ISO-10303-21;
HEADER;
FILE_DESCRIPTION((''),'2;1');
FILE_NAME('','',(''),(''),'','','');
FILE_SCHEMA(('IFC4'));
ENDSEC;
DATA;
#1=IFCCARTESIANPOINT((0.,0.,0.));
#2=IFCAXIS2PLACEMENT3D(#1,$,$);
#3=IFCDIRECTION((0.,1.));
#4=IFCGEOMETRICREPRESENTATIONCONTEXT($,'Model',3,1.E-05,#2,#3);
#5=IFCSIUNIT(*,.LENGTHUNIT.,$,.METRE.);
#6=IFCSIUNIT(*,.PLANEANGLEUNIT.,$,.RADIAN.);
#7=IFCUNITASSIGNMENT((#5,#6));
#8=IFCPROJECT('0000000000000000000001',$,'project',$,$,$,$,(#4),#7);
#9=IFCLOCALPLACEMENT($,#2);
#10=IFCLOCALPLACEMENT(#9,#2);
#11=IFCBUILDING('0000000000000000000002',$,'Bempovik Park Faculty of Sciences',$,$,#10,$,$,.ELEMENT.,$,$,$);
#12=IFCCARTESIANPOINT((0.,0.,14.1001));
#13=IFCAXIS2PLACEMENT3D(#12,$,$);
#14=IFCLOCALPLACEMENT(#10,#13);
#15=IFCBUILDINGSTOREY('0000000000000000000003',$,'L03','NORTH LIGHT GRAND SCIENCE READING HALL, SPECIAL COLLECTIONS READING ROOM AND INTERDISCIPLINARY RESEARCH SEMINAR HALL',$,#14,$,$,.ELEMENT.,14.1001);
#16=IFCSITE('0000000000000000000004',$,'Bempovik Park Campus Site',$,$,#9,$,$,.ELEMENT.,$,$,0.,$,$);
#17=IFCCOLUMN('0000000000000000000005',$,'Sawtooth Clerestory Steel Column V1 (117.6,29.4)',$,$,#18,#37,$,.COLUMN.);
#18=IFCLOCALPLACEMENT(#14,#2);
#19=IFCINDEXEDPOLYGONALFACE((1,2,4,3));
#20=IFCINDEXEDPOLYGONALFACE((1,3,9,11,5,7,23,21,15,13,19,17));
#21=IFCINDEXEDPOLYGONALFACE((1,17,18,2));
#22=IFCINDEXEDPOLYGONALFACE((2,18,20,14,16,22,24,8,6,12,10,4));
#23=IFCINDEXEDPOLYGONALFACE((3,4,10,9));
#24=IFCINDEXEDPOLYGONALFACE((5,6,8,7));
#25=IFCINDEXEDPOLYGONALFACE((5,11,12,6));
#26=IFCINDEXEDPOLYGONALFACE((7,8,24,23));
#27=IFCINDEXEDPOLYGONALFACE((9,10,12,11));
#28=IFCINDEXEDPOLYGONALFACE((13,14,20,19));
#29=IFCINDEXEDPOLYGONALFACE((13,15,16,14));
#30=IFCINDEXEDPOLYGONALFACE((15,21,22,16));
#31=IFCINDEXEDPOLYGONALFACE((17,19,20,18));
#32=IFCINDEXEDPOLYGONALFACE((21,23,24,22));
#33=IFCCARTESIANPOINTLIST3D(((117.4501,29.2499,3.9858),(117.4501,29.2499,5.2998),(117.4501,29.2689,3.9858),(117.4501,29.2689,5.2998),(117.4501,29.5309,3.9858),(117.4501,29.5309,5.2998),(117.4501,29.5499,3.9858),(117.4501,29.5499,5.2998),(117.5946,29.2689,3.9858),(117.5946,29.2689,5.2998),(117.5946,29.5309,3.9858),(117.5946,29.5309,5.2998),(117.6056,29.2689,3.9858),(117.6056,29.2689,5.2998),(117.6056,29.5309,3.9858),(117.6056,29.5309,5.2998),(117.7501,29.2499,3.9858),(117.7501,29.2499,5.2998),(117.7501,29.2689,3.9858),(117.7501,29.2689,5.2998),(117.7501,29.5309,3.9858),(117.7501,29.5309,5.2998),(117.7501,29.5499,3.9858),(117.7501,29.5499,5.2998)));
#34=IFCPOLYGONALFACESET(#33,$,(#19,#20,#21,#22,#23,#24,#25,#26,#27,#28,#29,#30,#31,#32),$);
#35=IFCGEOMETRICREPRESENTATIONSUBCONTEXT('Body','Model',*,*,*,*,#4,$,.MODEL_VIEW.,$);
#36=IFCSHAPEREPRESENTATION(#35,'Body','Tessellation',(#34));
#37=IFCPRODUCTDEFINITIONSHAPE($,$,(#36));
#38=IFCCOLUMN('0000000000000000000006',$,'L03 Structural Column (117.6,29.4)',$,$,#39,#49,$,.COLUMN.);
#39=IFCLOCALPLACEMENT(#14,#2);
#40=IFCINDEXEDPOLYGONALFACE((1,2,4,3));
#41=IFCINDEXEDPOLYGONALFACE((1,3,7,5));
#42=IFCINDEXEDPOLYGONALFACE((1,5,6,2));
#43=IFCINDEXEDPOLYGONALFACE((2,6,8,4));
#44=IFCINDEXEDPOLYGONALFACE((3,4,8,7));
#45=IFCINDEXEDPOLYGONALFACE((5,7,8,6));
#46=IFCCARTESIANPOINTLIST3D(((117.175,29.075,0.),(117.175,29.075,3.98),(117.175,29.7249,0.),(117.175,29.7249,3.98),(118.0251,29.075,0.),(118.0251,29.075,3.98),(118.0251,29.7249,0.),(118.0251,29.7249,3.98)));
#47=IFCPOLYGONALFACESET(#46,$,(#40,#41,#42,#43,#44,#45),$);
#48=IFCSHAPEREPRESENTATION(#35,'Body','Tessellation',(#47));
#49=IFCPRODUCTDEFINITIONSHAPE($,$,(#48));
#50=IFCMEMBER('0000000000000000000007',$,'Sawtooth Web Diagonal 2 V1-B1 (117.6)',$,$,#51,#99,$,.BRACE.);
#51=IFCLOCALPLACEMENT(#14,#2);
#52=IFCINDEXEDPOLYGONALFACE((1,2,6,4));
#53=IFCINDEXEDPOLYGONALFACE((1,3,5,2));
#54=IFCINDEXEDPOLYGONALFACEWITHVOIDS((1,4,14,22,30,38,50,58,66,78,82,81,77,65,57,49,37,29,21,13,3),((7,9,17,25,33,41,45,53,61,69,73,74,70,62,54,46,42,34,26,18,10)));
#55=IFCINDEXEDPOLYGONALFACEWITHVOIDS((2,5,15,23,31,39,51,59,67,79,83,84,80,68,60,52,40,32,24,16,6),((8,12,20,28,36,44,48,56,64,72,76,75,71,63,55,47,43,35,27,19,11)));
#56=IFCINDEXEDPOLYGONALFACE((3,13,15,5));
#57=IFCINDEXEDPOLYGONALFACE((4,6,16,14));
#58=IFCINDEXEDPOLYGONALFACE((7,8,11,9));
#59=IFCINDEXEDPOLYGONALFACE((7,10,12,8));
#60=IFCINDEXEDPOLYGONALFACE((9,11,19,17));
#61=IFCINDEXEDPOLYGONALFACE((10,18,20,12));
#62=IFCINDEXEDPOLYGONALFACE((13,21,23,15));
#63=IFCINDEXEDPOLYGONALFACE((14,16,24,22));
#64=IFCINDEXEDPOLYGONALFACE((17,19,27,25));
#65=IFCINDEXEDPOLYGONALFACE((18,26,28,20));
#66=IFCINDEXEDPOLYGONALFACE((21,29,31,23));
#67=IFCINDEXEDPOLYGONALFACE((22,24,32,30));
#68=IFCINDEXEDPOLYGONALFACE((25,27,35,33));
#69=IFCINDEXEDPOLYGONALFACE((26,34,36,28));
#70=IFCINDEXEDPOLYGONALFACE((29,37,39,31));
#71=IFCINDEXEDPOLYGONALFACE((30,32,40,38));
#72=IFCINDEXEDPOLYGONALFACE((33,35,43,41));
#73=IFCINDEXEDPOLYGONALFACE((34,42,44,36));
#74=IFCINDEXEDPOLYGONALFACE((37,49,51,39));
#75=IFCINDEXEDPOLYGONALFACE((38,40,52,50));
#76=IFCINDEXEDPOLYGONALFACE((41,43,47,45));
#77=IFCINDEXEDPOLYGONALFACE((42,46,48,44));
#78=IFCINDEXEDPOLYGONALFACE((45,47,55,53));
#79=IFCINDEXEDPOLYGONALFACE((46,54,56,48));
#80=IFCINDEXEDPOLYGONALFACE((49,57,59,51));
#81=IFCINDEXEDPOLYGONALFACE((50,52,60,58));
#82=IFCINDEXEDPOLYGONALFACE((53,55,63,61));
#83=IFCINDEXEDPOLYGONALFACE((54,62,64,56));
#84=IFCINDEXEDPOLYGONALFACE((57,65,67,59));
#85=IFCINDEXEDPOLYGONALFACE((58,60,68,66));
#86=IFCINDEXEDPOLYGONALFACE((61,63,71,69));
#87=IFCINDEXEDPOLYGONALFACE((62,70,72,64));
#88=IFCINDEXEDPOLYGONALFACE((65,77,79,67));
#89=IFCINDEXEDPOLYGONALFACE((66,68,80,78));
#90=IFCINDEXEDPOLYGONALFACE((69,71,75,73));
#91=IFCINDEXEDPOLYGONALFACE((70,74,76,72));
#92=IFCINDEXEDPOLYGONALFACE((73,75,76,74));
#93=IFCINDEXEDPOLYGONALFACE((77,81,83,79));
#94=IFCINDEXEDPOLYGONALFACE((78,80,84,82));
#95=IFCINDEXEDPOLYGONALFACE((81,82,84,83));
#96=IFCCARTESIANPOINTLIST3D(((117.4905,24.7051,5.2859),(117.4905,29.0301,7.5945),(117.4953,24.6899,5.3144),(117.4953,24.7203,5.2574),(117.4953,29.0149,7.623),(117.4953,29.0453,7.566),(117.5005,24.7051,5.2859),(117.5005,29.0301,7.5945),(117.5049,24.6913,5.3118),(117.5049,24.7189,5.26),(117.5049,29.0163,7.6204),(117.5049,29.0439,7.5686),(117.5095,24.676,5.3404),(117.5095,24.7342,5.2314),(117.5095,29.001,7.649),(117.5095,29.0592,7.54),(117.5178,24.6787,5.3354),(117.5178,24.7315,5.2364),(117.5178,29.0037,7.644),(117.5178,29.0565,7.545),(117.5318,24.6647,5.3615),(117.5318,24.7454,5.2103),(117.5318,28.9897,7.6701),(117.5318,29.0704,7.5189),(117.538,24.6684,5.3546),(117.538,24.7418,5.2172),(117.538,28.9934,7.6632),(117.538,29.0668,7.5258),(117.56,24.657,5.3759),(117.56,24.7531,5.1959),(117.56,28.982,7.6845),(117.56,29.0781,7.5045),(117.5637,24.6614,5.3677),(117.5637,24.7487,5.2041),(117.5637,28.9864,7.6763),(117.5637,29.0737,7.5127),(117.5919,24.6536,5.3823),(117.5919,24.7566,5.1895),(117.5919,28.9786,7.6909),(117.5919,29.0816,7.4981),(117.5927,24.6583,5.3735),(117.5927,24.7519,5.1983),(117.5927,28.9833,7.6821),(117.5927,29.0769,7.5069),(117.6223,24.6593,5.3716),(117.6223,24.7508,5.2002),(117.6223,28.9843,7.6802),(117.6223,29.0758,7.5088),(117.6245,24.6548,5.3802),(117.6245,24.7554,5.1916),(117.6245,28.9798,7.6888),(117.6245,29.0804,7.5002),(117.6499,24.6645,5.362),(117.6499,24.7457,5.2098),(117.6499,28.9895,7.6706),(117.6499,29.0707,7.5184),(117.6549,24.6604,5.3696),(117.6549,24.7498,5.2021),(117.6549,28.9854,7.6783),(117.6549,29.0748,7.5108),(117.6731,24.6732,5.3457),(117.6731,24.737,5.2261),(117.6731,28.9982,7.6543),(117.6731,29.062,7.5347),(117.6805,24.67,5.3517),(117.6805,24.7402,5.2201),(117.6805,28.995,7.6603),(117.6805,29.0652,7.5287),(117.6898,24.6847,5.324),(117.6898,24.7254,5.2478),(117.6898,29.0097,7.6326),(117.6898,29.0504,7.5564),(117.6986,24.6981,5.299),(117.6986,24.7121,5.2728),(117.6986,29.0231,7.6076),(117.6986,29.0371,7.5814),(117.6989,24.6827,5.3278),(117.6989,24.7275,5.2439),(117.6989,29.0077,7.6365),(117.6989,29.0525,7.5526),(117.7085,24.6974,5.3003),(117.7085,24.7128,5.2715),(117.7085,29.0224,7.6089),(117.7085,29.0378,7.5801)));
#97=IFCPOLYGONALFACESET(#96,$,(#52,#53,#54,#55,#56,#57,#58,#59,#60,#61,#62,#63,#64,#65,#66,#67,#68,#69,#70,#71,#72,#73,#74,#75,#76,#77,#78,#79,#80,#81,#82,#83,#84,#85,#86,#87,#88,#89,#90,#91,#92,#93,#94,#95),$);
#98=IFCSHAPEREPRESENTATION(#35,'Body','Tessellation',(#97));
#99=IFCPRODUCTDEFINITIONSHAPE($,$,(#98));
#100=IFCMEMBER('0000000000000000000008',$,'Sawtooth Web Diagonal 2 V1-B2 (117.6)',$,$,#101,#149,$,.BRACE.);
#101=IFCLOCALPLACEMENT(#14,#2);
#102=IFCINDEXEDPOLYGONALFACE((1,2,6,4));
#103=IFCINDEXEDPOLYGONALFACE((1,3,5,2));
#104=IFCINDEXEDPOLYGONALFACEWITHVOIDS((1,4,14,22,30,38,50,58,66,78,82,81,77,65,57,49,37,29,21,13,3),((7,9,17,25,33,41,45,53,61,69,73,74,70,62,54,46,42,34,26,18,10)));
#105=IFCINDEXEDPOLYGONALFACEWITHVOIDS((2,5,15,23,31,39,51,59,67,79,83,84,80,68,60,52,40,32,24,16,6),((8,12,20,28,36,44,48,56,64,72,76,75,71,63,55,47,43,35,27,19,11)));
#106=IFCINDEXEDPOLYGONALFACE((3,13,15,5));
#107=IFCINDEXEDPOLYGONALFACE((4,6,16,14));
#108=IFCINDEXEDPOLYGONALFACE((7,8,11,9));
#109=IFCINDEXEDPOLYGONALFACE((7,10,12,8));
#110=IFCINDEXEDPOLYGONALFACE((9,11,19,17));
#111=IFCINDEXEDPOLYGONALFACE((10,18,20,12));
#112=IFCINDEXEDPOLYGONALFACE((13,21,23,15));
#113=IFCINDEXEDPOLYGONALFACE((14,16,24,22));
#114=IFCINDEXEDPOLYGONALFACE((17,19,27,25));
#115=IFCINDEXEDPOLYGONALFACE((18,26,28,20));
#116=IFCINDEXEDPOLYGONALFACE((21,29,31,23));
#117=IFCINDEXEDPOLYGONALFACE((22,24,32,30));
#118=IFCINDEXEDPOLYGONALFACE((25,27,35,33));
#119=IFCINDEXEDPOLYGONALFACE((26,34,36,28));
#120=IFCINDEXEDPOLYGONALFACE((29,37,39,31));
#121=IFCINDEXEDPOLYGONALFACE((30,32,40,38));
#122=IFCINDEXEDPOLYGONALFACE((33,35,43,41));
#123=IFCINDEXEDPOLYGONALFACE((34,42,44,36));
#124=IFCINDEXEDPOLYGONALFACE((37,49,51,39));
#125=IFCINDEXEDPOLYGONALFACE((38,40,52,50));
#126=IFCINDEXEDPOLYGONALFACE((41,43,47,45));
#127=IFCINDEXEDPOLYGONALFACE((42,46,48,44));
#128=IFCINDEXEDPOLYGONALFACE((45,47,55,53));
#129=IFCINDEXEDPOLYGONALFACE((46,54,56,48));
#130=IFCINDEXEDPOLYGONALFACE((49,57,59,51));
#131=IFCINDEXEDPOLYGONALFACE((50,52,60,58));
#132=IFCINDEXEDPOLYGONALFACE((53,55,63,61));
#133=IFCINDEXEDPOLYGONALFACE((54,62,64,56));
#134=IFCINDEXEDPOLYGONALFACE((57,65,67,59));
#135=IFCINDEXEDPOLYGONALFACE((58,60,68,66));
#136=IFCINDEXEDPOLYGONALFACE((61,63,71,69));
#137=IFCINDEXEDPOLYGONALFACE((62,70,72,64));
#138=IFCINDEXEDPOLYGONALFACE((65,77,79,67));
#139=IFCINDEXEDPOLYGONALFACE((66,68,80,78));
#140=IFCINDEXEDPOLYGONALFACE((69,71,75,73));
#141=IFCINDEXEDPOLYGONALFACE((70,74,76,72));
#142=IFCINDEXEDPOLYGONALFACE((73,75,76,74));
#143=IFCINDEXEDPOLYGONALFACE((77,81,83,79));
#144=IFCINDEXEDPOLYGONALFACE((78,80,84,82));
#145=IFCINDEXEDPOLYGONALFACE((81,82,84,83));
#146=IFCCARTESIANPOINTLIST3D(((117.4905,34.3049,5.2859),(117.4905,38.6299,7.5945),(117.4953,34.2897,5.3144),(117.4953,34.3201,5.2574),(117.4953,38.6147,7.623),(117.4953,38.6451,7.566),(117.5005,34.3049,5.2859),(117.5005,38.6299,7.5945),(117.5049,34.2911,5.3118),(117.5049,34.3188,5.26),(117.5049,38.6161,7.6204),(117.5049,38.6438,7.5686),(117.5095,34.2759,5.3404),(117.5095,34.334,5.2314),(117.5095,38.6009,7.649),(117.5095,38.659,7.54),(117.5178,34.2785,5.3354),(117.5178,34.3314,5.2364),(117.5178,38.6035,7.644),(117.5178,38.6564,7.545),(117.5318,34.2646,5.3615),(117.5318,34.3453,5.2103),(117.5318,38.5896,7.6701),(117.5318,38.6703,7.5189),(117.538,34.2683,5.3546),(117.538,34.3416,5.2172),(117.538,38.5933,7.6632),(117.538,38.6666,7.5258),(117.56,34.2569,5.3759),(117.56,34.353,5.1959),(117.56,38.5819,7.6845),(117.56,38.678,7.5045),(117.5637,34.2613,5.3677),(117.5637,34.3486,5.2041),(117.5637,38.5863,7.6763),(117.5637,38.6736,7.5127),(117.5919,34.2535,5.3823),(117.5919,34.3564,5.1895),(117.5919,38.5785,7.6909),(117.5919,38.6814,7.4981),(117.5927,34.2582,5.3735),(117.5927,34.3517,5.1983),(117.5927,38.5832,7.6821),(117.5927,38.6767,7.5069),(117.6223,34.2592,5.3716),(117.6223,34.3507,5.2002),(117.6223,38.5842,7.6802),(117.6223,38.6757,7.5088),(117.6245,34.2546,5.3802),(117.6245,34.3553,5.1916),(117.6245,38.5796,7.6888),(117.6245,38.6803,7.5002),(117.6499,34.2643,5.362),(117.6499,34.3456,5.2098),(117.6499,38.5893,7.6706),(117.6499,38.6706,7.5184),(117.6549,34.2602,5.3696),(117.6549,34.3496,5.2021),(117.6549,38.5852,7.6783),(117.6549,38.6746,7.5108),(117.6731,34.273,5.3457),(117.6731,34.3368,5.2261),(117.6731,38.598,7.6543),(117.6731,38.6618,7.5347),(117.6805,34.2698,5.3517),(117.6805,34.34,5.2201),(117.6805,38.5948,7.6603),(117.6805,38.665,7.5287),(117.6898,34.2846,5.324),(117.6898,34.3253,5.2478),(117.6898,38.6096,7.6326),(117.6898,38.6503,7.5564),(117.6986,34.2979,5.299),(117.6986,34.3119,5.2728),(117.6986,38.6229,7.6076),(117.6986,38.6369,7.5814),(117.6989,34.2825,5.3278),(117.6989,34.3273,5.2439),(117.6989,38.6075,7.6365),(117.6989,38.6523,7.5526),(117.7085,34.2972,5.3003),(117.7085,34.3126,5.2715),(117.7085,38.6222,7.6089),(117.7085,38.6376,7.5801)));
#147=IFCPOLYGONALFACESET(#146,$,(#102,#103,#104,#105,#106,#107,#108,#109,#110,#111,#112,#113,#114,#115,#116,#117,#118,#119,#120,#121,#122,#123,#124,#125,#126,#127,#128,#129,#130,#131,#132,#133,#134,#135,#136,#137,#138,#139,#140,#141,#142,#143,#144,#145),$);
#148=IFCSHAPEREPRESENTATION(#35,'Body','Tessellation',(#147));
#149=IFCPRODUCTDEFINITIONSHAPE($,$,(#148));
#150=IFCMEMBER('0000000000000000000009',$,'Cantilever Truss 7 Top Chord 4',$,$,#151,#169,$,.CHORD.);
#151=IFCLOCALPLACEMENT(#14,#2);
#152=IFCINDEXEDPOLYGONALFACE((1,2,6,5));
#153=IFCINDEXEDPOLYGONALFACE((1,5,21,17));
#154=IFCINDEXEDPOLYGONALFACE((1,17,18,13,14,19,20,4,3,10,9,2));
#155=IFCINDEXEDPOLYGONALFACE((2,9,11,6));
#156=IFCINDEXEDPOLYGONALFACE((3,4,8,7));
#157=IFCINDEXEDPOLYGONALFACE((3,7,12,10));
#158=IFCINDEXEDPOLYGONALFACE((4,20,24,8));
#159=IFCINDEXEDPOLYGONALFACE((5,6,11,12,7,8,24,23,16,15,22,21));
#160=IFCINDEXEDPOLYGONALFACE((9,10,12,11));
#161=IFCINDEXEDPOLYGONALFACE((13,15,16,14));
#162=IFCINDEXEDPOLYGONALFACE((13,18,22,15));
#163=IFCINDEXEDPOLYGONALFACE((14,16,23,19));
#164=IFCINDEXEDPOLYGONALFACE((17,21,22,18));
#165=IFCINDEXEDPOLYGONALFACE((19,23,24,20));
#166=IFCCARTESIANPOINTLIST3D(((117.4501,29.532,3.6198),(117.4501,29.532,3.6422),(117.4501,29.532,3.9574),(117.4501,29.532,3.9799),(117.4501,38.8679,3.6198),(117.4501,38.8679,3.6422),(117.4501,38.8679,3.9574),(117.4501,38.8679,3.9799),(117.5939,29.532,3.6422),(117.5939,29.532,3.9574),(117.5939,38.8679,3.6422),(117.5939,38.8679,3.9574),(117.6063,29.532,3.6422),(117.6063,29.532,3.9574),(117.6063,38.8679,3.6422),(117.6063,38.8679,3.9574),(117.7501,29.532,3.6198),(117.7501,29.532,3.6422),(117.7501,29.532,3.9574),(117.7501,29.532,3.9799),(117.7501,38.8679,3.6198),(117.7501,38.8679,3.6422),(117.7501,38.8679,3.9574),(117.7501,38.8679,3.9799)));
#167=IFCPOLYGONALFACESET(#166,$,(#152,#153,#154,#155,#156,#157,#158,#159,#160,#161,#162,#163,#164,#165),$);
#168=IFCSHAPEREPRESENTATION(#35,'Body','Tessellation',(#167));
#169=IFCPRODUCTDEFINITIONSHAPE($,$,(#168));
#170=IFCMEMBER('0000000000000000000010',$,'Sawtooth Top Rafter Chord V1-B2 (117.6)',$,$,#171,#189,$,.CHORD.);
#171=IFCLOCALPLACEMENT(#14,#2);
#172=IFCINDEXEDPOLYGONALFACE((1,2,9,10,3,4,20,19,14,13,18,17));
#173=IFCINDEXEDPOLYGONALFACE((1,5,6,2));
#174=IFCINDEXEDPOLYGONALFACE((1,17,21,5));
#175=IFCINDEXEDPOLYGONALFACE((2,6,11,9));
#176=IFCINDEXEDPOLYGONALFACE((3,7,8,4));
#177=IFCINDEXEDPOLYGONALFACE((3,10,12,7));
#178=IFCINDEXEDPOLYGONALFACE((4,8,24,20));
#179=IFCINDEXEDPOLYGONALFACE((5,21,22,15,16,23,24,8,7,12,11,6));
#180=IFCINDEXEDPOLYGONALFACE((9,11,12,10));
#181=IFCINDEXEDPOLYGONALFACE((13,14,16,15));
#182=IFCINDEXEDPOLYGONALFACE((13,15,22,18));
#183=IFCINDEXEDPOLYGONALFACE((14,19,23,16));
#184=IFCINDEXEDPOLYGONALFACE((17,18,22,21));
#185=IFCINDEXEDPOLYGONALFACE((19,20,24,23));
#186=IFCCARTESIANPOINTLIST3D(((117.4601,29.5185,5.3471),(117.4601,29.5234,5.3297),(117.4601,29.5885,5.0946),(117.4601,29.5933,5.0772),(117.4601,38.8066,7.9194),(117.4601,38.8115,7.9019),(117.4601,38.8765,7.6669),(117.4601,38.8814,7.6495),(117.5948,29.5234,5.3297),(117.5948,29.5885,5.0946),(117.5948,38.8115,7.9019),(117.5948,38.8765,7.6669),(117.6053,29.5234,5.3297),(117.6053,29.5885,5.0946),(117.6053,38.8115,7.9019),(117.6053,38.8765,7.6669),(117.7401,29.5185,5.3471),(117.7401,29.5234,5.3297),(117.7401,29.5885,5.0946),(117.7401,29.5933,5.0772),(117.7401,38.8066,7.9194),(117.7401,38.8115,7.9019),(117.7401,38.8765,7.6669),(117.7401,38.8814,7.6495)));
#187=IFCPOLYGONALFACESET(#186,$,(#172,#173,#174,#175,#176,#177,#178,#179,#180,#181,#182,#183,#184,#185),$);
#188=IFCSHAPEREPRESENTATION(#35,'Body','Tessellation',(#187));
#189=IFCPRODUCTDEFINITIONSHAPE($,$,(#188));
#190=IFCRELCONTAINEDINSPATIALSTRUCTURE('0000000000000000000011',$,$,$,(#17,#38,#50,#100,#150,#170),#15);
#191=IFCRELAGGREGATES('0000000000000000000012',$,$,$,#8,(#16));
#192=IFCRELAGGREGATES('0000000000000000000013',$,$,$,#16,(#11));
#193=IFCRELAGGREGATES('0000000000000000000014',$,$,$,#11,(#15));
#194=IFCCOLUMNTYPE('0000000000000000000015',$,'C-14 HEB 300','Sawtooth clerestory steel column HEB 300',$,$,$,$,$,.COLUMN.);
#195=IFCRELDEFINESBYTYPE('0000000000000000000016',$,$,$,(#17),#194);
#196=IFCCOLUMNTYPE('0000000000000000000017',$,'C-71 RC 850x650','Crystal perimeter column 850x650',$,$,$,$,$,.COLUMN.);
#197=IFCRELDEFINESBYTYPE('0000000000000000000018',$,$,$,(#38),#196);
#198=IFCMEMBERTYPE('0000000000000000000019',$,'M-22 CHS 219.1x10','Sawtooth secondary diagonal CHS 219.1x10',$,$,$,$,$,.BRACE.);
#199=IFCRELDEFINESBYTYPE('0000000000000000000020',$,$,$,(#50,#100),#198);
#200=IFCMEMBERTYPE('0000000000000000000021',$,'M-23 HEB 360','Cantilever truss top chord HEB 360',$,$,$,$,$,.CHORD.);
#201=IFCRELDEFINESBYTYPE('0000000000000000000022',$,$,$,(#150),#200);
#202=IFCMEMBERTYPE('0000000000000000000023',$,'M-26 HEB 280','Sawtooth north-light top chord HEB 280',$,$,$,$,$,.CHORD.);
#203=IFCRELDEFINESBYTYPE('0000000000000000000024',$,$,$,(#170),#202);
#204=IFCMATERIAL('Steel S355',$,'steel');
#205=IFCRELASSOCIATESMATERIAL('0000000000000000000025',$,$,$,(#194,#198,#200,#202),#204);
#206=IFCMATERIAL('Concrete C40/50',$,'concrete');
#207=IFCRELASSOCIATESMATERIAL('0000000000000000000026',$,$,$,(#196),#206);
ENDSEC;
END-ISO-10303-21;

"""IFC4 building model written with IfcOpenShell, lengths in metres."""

from ifc_helpers import new_model, si_unit, direction, frame, origin, origin_2d, place, context, subcontext, project, spatial, rectangle, hollow_circle, i_section, extrude, material, material_profile, profile_set, type_object, element, save


model = new_model("IFC4")

# Units and contexts
model_context = context("Model", 3, precision=1e-05, world=origin(), true_north=direction((0.0, 1.0)))
body_context = subcontext(model_context, "Body", "Model", "MODEL_VIEW")
ifc_project = project(units=[si_unit("LENGTHUNIT", "METRE"), si_unit("PLANEANGLEUNIT", "RADIAN")], contexts=[model_context])

# Site, building, storey
site_placement = place(None, origin())
site = spatial("IfcSite", under=ifc_project, at=site_placement, Name="Bempovik Park Campus Site", CompositionType="ELEMENT", RefElevation=0.0)
building_placement = place(site_placement, origin())
building = spatial("IfcBuilding", under=site, at=building_placement, Name="Bempovik Park Faculty of Sciences", CompositionType="ELEMENT")
storey_placement = place(building_placement, frame((0.0, 0.0, 14.1001)))
storey = spatial("IfcBuildingStorey", under=building, at=storey_placement, Name="L03", Description="NORTH LIGHT GRAND SCIENCE READING HALL, SPECIAL COLLECTIONS READING ROOM AND INTERDISCIPLINARY RESEARCH SEMINAR HALL", CompositionType="ELEMENT", Elevation=14.1001)

# Columns
ifc_material_1 = material(Name="Steel S355", Category="steel")
ifc_material_profile_1 = material_profile(ifc_material_1, i_section(OverallWidth=0.3, OverallDepth=0.3, WebThickness=0.011, FlangeThickness=0.019, at=origin_2d()), Name="HEB 300")
ifc_profile_set_1 = profile_set([ifc_material_profile_1], Name="Steel S355")
column_type_1 = type_object("IfcColumnType", Name="C-14 HEB 300", Description="Sawtooth clerestory steel column HEB 300", PredefinedType="COLUMN", material=ifc_profile_set_1)
column_1_placement = place(storey_placement, frame((117.6001, 29.3999, 3.9858), z_axis=(0.0, 0.0, 1.0), x_axis=(1.0, 0.0, 0.0)))
element("IfcColumn", 1, at=column_1_placement, inside=storey, type_object=column_type_1, Name="Sawtooth Clerestory Steel Column V1 (117.6,29.4)", PredefinedType="COLUMN", context=body_context, shape_type="SweptSolid", body=[
    extrude(i_section(OverallWidth=0.3, OverallDepth=0.3, WebThickness=0.011, FlangeThickness=0.019, at=origin_2d()), origin(), (0.0, 0.0, 1.0), 1.314),
])
ifc_material_2 = material(Name="Concrete C40/50", Category="concrete")
ifc_material_profile_2 = material_profile(ifc_material_2, rectangle(XDim=0.8501, YDim=0.6499, at=origin_2d()), Name="RC 850x650")
ifc_profile_set_2 = profile_set([ifc_material_profile_2], Name="Concrete C40/50")
column_type_2 = type_object("IfcColumnType", Name="C-71 RC 850x650", Description="Crystal perimeter column 850x650", PredefinedType="COLUMN", material=ifc_profile_set_2)
column_2_placement = place(storey_placement, frame((117.6001, 29.3999, 0.0), z_axis=(0.0, 0.0, 1.0), x_axis=(1.0, 0.0, 0.0)))
element("IfcColumn", 2, at=column_2_placement, inside=storey, type_object=column_type_2, Name="L03 Structural Column (117.6,29.4)", PredefinedType="COLUMN", context=body_context, shape_type="SweptSolid", body=[
    extrude(rectangle(XDim=0.8501, YDim=0.6499, at=origin_2d()), origin(), (0.0, 0.0, 1.0), 3.98),
])

# Members
ifc_material_profile_3 = material_profile(ifc_material_1, hollow_circle(Radius=0.1096, WallThickness=0.01, at=origin_2d()), Name="CHS 219.1x10")
ifc_profile_set_3 = profile_set([ifc_material_profile_3], Name="Steel S355")
member_type_1 = type_object("IfcMemberType", Name="M-22 CHS 219.1x10", Description="Sawtooth secondary diagonal CHS 219.1x10", PredefinedType="BRACE", material=ifc_profile_set_3)
for number, where, z_axis, x_axis, name in (
    (3, (117.6001, 24.7051, 5.2859), (0.0, 0.882187, 0.470898), (-1.0, 0.0, 0.0), "Sawtooth Web Diagonal 2 V1-B1 (117.6)"),
    (4, (117.6001, 34.3049, 5.2859), (0.0, 0.882187, 0.470898), (-1.0, 0.0, 0.0), "Sawtooth Web Diagonal 2 V1-B2 (117.6)"),
):
    element("IfcMember", number, at=place(storey_placement, frame(where, z_axis=z_axis, x_axis=x_axis)), inside=storey, type_object=member_type_1, Name=name, PredefinedType="BRACE", context=body_context, shape_type="SweptSolid", body=[
        extrude(hollow_circle(Radius=0.1096, WallThickness=0.01, at=origin_2d()), origin(), (0.0, 0.0, 1.0), 4.9026),
    ])
ifc_material_profile_4 = material_profile(ifc_material_1, i_section(OverallWidth=0.3, OverallDepth=0.3601, WebThickness=0.0125, FlangeThickness=0.0225, at=origin_2d()), Name="HEB 360")
ifc_profile_set_4 = profile_set([ifc_material_profile_4], Name="Steel S355")
member_type_2 = type_object("IfcMemberType", Name="M-23 HEB 360", Description="Cantilever truss top chord HEB 360", PredefinedType="CHORD", material=ifc_profile_set_4)
member_1_placement = place(storey_placement, frame((117.6001, 29.532, 3.7998), z_axis=(0.0, 1.0, 0.0), x_axis=(-1.0, 0.0, 0.0)))
element("IfcMember", 5, at=member_1_placement, inside=storey, type_object=member_type_2, Name="Cantilever Truss 7 Top Chord 4", PredefinedType="CHORD", context=body_context, shape_type="SweptSolid", body=[
    extrude(i_section(OverallWidth=0.3, OverallDepth=0.3601, WebThickness=0.0125, FlangeThickness=0.0225, at=origin_2d()), origin(), (0.0, 0.0, 1.0), 9.3359),
])
ifc_material_profile_5 = material_profile(ifc_material_1, i_section(OverallWidth=0.28, OverallDepth=0.28, WebThickness=0.0105, FlangeThickness=0.0181, at=origin_2d()), Name="HEB 280")
ifc_profile_set_5 = profile_set([ifc_material_profile_5], Name="Steel S355")
member_type_3 = type_object("IfcMemberType", Name="M-26 HEB 280", Description="Sawtooth north-light top chord HEB 280", PredefinedType="CHORD", material=ifc_profile_set_5)
member_2_placement = place(storey_placement, frame((117.6001, 29.5559, 5.2122), z_axis=(0.0, 0.963725, 0.266896), x_axis=(-1.0, 0.0, 0.0)))
element("IfcMember", 6, at=member_2_placement, inside=storey, type_object=member_type_3, Name="Sawtooth Top Rafter Chord V1-B2 (117.6)", PredefinedType="CHORD", context=body_context, shape_type="SweptSolid", body=[
    extrude(i_section(OverallWidth=0.28, OverallDepth=0.28, WebThickness=0.0105, FlangeThickness=0.0181, at=origin_2d()), origin(), (0.0, 0.0, 1.0), 9.6377),
])

save(model, "model.ifc")
